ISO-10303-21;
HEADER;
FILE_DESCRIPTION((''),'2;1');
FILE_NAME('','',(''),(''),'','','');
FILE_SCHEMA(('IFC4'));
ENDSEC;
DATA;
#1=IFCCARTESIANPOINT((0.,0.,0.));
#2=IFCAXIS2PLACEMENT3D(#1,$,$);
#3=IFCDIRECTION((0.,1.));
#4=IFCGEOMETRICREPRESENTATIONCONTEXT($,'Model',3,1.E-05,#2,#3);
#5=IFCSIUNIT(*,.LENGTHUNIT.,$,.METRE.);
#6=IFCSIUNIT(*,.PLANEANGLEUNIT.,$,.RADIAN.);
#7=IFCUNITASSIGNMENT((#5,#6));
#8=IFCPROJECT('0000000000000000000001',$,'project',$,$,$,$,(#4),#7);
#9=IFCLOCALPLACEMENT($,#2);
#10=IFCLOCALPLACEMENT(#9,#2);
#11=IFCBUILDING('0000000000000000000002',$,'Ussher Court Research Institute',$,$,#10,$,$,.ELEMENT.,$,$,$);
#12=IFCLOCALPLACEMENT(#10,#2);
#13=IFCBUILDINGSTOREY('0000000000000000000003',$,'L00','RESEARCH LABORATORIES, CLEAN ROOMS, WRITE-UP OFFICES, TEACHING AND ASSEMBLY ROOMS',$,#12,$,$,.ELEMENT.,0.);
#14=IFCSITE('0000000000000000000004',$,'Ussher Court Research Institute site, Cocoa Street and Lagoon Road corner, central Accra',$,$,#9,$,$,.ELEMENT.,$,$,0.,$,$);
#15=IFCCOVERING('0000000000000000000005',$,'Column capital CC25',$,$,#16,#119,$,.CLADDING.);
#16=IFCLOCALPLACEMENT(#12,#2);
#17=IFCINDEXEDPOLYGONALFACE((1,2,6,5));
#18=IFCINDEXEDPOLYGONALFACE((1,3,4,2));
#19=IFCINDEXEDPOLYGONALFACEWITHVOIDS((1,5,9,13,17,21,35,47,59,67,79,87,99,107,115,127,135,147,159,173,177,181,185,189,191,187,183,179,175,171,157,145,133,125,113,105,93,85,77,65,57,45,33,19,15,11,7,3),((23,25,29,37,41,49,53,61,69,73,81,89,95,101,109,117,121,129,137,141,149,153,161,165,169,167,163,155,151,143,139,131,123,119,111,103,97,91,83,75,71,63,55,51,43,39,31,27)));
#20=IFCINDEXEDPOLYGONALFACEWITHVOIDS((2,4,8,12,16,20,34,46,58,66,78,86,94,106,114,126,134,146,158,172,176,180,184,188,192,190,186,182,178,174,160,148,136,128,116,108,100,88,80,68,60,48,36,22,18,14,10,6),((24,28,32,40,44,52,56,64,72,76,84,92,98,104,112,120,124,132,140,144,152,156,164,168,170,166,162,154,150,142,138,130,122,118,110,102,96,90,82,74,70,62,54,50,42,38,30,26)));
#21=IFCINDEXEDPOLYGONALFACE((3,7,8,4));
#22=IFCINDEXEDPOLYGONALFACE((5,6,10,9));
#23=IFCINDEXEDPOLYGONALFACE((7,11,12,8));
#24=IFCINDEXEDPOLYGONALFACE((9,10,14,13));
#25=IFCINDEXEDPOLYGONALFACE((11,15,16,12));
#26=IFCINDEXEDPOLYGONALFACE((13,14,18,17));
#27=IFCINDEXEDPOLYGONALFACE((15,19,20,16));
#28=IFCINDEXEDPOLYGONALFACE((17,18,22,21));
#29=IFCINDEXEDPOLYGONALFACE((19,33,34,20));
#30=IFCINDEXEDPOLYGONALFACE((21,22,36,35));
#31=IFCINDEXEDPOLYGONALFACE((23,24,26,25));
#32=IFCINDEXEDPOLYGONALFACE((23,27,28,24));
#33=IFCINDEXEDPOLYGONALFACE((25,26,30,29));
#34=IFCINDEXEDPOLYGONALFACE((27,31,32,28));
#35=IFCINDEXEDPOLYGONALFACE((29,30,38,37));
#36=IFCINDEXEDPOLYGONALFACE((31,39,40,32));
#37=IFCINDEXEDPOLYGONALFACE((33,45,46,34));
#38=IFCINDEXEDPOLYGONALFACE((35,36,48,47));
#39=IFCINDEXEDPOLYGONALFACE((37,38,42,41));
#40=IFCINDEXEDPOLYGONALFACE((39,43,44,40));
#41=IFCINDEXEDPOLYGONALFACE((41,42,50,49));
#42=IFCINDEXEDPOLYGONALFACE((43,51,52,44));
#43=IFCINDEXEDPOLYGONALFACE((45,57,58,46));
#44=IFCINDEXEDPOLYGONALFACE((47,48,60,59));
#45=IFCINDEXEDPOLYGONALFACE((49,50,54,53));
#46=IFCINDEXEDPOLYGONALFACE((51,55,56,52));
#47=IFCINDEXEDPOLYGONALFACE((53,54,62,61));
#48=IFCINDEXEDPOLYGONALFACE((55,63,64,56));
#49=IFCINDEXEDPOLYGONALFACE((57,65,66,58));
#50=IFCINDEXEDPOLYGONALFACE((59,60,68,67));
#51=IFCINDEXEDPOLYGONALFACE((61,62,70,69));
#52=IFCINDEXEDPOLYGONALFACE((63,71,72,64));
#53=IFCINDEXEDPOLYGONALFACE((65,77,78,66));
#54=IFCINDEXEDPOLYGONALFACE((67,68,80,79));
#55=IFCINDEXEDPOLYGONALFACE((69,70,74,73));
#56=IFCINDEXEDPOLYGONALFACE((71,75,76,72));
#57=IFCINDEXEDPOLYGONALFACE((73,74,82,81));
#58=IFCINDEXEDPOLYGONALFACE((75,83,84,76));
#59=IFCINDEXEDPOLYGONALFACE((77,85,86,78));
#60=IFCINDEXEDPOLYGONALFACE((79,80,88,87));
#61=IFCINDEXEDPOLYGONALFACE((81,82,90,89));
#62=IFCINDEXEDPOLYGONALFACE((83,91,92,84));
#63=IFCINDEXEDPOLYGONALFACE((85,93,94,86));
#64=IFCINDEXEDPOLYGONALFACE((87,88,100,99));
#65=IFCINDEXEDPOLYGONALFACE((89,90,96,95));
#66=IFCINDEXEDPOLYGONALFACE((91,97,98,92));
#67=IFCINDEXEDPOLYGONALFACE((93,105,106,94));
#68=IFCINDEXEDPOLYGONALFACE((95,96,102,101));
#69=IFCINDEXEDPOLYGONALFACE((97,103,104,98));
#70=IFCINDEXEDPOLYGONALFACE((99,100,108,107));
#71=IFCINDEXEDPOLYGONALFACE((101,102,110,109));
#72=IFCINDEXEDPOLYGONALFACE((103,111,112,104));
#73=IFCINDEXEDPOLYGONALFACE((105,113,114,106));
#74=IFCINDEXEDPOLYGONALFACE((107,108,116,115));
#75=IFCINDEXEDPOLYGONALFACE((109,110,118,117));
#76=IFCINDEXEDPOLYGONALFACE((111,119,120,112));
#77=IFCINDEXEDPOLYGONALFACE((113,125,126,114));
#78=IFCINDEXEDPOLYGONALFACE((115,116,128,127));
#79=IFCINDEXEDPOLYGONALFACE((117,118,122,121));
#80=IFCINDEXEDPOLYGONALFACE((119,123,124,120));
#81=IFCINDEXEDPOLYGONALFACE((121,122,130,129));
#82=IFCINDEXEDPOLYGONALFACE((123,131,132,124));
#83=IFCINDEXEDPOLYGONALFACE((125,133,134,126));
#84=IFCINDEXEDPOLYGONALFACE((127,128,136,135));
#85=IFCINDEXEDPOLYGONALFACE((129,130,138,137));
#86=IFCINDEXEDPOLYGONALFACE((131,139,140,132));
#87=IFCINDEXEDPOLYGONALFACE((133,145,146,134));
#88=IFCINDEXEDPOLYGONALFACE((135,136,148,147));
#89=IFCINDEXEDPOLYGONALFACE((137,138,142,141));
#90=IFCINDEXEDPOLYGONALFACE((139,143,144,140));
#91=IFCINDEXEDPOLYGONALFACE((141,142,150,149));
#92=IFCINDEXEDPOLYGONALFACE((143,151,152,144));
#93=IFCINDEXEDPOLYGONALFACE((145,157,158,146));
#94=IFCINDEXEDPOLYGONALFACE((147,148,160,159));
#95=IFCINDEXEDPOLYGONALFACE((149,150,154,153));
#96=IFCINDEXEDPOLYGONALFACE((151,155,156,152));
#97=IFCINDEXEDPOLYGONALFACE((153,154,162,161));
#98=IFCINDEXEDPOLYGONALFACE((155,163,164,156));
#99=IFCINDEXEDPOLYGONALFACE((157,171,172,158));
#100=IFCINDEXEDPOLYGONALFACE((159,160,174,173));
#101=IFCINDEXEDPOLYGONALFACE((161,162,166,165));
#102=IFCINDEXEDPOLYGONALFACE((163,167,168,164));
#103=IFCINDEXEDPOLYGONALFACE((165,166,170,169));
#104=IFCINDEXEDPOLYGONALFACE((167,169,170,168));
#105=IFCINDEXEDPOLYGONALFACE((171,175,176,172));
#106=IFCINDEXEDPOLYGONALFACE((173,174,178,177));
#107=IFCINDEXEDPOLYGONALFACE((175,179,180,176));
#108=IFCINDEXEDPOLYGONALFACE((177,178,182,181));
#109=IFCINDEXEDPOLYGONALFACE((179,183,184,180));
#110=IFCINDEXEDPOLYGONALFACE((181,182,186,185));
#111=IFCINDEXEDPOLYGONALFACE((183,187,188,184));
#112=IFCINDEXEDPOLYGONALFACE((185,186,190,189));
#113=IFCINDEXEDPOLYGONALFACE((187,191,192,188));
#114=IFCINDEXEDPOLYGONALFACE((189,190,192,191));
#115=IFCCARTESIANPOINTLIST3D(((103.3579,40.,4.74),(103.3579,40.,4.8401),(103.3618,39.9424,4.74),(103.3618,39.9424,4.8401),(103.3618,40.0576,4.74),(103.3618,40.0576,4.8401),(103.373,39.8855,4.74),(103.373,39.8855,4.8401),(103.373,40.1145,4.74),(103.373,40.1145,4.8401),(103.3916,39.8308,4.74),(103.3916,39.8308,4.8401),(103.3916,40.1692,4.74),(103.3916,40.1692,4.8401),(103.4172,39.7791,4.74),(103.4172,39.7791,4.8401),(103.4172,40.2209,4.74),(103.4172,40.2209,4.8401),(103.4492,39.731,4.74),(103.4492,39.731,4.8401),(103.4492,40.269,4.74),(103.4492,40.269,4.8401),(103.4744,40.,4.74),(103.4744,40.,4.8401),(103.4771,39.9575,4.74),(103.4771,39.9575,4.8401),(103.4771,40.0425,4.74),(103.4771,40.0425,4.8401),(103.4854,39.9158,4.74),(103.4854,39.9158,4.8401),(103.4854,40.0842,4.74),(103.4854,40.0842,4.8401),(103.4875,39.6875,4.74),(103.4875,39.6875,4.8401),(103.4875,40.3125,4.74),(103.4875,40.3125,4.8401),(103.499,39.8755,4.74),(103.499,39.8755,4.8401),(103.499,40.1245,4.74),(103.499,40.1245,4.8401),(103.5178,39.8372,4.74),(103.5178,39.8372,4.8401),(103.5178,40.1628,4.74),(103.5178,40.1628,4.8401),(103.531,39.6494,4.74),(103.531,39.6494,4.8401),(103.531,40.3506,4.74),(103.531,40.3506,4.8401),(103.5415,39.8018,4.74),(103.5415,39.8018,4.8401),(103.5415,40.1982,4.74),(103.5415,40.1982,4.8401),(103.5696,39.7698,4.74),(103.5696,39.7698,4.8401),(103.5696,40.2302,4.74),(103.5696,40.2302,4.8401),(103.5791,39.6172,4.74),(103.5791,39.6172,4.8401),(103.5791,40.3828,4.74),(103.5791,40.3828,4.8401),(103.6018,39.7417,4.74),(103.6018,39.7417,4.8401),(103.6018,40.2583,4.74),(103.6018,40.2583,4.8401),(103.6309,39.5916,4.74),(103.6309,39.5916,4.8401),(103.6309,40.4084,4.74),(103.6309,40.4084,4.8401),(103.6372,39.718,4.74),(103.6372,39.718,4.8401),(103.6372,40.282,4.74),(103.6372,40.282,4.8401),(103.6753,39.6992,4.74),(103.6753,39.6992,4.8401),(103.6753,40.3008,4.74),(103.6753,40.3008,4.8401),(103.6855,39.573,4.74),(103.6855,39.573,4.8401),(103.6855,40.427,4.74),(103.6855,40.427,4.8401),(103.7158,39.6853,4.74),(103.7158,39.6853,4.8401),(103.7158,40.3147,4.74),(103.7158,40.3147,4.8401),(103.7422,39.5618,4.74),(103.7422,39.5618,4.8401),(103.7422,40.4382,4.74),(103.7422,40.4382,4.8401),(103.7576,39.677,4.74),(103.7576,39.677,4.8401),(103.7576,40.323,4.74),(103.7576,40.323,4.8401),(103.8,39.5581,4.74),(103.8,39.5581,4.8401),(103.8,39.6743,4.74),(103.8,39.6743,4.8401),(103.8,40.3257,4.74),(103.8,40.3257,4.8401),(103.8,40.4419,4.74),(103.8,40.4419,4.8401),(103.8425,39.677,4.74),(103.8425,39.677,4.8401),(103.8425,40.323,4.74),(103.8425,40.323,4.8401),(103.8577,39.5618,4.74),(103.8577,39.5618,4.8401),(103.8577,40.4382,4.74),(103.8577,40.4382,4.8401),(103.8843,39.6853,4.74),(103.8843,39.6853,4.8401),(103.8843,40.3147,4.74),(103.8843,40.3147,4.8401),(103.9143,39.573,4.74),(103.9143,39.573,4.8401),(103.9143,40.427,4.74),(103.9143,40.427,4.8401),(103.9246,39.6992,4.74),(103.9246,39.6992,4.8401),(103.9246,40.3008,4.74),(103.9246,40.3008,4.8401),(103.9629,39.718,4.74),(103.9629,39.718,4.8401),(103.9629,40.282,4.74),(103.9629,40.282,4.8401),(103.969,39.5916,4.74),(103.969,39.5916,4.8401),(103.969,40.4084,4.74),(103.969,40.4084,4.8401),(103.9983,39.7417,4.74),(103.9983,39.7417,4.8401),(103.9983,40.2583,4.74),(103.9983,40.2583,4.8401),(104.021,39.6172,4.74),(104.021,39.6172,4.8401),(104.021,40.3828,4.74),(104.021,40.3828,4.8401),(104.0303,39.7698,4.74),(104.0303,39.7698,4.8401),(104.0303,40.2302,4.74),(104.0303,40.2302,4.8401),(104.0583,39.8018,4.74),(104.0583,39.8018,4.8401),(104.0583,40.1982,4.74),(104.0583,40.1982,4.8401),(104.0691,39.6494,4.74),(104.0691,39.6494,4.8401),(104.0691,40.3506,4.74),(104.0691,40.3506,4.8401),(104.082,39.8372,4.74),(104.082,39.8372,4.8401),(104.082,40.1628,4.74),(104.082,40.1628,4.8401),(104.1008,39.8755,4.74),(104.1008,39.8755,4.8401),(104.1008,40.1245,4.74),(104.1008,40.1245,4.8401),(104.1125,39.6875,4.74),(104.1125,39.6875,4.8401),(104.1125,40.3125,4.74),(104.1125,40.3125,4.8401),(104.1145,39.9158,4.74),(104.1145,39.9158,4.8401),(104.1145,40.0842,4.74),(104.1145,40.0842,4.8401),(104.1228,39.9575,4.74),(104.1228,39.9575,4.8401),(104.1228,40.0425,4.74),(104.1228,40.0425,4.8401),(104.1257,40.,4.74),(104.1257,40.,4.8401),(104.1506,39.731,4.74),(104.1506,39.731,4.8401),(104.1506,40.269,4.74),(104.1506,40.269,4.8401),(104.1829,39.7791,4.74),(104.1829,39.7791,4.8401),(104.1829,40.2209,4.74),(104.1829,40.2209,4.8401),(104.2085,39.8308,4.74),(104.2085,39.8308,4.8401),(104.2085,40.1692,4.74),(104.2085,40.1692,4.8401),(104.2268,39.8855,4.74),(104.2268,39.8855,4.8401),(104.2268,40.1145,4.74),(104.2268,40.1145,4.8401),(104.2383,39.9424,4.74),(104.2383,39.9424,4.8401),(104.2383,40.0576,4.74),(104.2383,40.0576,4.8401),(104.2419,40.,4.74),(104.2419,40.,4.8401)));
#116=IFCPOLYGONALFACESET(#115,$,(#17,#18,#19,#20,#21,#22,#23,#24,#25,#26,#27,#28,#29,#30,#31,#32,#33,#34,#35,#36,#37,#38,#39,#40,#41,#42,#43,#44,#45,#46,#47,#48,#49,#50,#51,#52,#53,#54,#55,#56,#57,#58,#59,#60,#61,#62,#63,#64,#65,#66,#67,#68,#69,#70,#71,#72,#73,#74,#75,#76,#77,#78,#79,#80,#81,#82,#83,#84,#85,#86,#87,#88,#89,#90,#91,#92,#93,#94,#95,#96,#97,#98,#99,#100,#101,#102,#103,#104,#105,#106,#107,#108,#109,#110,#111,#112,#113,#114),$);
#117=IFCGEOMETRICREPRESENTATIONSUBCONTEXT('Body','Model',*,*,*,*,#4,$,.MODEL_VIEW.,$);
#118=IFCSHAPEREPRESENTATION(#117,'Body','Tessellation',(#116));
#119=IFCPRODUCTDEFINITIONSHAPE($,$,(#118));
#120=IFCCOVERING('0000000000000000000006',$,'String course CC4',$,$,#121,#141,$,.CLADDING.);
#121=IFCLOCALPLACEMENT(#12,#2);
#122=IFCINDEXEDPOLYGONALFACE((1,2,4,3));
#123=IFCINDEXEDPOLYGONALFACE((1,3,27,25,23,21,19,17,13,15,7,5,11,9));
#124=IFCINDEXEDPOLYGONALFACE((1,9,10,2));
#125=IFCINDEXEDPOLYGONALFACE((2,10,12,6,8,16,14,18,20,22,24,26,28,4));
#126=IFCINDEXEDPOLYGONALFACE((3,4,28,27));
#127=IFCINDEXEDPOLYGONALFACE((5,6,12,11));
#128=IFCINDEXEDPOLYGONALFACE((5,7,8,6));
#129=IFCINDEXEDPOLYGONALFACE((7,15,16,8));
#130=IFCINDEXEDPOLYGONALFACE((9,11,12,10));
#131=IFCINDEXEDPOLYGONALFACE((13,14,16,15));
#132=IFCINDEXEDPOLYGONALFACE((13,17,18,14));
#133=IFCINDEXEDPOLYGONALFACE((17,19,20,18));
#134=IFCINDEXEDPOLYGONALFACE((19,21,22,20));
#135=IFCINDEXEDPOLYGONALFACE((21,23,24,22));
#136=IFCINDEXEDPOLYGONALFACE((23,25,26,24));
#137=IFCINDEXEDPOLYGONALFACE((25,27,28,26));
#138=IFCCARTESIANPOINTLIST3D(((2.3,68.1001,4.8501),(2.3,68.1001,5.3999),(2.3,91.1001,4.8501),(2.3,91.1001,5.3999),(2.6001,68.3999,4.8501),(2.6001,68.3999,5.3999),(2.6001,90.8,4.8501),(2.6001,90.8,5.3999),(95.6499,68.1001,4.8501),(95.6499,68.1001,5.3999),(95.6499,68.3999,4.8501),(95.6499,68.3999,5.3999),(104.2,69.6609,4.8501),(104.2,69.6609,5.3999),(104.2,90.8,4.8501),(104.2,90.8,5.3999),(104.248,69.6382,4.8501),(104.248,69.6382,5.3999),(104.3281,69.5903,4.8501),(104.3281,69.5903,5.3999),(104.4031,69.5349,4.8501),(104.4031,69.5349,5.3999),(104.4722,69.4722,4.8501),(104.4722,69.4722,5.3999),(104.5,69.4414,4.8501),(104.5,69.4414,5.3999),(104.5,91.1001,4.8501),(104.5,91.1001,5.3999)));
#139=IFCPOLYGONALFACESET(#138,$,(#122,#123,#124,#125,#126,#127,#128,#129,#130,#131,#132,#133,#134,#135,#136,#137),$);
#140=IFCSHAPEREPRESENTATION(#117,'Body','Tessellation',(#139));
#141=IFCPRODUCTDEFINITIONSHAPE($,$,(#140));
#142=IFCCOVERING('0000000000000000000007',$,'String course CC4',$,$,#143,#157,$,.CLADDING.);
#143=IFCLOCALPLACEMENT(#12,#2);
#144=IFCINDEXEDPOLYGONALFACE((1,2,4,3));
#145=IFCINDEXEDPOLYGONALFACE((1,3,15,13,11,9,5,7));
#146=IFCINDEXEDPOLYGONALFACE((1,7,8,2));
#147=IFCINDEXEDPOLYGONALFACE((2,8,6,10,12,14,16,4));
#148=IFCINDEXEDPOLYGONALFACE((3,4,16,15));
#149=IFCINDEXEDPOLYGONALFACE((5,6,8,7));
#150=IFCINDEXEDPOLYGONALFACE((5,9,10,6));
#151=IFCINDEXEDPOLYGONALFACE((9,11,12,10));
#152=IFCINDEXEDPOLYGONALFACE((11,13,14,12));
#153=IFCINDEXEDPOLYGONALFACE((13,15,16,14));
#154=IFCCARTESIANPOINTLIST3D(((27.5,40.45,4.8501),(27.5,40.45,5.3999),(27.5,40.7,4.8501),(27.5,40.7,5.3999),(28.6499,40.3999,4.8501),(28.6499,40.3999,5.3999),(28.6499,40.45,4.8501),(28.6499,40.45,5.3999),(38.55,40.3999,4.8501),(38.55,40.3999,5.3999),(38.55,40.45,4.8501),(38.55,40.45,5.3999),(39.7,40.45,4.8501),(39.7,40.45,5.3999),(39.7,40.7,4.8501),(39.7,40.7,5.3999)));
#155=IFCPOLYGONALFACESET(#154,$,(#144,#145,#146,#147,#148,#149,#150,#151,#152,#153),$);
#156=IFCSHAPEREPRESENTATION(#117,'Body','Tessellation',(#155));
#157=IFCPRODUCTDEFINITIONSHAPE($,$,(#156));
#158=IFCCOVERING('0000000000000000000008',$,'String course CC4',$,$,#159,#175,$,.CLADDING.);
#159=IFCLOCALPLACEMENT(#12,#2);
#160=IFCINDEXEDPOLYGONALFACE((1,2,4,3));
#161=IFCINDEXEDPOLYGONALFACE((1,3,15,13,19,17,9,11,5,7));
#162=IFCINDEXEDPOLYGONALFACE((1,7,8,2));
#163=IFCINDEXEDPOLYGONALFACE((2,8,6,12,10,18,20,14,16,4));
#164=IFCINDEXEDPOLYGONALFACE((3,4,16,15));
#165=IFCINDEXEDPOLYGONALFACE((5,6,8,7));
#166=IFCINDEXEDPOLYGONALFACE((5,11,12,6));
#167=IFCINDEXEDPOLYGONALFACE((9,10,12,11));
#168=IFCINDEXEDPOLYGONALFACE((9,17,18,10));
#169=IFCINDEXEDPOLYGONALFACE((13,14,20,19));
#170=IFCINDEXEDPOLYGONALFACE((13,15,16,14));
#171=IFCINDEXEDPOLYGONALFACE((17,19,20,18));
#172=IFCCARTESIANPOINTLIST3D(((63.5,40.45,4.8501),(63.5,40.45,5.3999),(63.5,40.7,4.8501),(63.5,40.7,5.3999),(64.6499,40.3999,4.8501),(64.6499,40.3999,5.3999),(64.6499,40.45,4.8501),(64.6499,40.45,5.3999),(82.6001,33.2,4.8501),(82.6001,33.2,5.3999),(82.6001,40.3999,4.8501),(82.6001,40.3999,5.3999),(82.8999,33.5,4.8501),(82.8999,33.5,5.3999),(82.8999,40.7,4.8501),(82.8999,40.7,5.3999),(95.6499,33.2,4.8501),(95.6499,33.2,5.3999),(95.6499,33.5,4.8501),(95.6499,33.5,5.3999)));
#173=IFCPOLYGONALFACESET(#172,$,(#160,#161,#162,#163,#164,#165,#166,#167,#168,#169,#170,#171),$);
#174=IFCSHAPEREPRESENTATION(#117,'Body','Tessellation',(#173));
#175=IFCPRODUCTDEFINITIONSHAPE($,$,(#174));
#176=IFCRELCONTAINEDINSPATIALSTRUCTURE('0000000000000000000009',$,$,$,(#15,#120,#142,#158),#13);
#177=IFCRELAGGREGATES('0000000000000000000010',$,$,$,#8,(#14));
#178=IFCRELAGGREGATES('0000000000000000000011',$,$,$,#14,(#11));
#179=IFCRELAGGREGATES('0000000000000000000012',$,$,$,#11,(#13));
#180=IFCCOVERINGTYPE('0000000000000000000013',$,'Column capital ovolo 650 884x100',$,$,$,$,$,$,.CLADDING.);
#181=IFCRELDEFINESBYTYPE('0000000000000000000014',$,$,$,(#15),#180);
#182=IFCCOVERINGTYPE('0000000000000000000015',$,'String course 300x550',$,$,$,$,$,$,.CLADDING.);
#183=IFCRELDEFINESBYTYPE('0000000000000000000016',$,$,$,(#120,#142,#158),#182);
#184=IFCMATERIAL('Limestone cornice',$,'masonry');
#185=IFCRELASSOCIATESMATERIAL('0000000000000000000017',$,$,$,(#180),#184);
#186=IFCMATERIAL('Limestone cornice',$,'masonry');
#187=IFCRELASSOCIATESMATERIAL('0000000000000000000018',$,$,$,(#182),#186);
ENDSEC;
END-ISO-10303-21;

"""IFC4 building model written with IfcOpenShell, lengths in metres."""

from ifc_helpers import new_model, si_unit, direction, frame, origin, place, context, subcontext, project, spatial, polyline, outline, extrude, material, type_object, element, save


model = new_model("IFC4")

# Units and contexts
model_context = context("Model", 3, precision=1e-05, world=origin(), true_north=direction((0.0, 1.0)))
body_context = subcontext(model_context, "Body", "Model", "MODEL_VIEW")
ifc_project = project(units=[si_unit("LENGTHUNIT", "METRE"), si_unit("PLANEANGLEUNIT", "RADIAN")], contexts=[model_context])

# Site, building, storey
site_placement = place(None, origin())
site = spatial("IfcSite", under=ifc_project, at=site_placement, Name="Ussher Court Research Institute site, Cocoa Street and Lagoon Road corner, central Accra", CompositionType="ELEMENT", RefElevation=0.0)
building_placement = place(site_placement, origin())
building = spatial("IfcBuilding", under=site, at=building_placement, Name="Ussher Court Research Institute", CompositionType="ELEMENT")
storey_placement = place(building_placement, origin())
storey = spatial("IfcBuildingStorey", under=building, at=storey_placement, Name="L00", Description="RESEARCH LABORATORIES, CLEAN ROOMS, WRITE-UP OFFICES, TEACHING AND ASSEMBLY ROOMS", CompositionType="ELEMENT", Elevation=0.0)

# Coverings
ifc_material_1 = material(Name="Limestone cornice", Category="masonry")
covering_type_1 = type_object("IfcCoveringType", Name="Column capital ovolo 650 884x100", PredefinedType="CLADDING", material=ifc_material_1)
covering_1_placement = place(storey_placement, frame((0.0, 0.0, 4.74)))
element("IfcCovering", 1, at=covering_1_placement, inside=storey, type_object=covering_type_1, Name="Column capital CC25", PredefinedType="CLADDING", context=body_context, shape_type="SweptSolid", body=[
    extrude(outline(polyline([(104.2419, 40.0), (104.2383, 40.0576), (104.2268, 40.1145), (104.2085, 40.1692), (104.1829, 40.2209), (104.1506, 40.269), (104.1125, 40.3125), (104.0691, 40.3506), (104.021, 40.3828), (103.969, 40.4084), (103.9143, 40.427), (103.8577, 40.4382), (103.8, 40.4419), (103.7422, 40.4382), (103.6855, 40.427), (103.6309, 40.4084), (103.5791, 40.3828), (103.531, 40.3506), (103.4875, 40.3125), (103.4492, 40.269), (103.4172, 40.2209), (103.3916, 40.1692), (103.373, 40.1145), (103.3618, 40.0576), (103.3579, 40.0), (103.3618, 39.9424), (103.373, 39.8855), (103.3916, 39.8308), (103.4172, 39.7791), (103.4492, 39.731), (103.4875, 39.6875), (103.531, 39.6494), (103.5791, 39.6172), (103.6309, 39.5916), (103.6855, 39.573), (103.7422, 39.5618), (103.8, 39.5581), (103.8577, 39.5618), (103.9143, 39.573), (103.969, 39.5916), (104.021, 39.6172), (104.0691, 39.6494), (104.1125, 39.6875), (104.1506, 39.731), (104.1829, 39.7791), (104.2085, 39.8308), (104.2268, 39.8855), (104.2383, 39.9424), (104.2419, 40.0)]), holes=[polyline([(104.1257, 40.0), (104.1228, 40.0425), (104.1145, 40.0842), (104.1008, 40.1245), (104.082, 40.1628), (104.0583, 40.1982), (104.0303, 40.2302), (103.9983, 40.2583), (103.9629, 40.282), (103.9246, 40.3008), (103.8843, 40.3147), (103.8425, 40.323), (103.8, 40.3257), (103.7576, 40.323), (103.7158, 40.3147), (103.6753, 40.3008), (103.6372, 40.282), (103.6018, 40.2583), (103.5696, 40.2302), (103.5415, 40.1982), (103.5178, 40.1628), (103.499, 40.1245), (103.4854, 40.0842), (103.4771, 40.0425), (103.4744, 40.0), (103.4771, 39.9575), (103.4854, 39.9158), (103.499, 39.8755), (103.5178, 39.8372), (103.5415, 39.8018), (103.5696, 39.7698), (103.6018, 39.7417), (103.6372, 39.718), (103.6753, 39.6992), (103.7158, 39.6853), (103.7576, 39.677), (103.8, 39.6743), (103.8425, 39.677), (103.8843, 39.6853), (103.9246, 39.6992), (103.9629, 39.718), (103.9983, 39.7417), (104.0303, 39.7698), (104.0583, 39.8018), (104.082, 39.8372), (104.1008, 39.8755), (104.1145, 39.9158), (104.1228, 39.9575), (104.1257, 40.0)])]), origin(), (0.0, 0.0, 1.0), 0.1001),
])
ifc_material_2 = material(Name="Limestone cornice", Category="masonry")
covering_type_2 = type_object("IfcCoveringType", Name="String course 300x550", PredefinedType="CLADDING", material=ifc_material_2)
covering_2_placement = place(storey_placement, frame((0.0, 0.0, 4.8501)))
element("IfcCovering", 2, at=covering_2_placement, inside=storey, type_object=covering_type_2, Name="String course CC4", PredefinedType="CLADDING", context=body_context, shape_type="SweptSolid", body=[
    extrude(outline(polyline([(104.5, 69.4414), (104.5, 91.1001), (2.3, 91.1001), (2.3, 68.1001), (95.6499, 68.1001), (95.6499, 68.3999), (2.6001, 68.3999), (2.6001, 90.8), (104.2, 90.8), (104.2, 69.6609), (104.248, 69.6382), (104.3281, 69.5903), (104.4031, 69.5349), (104.4722, 69.4722), (104.5, 69.4414)])), origin(), (0.0, 0.0, 1.0), 0.5498),
])
covering_3_placement = place(storey_placement, frame((0.0, 0.0, 4.8501)))
element("IfcCovering", 3, at=covering_3_placement, inside=storey, type_object=covering_type_2, Name="String course CC4", PredefinedType="CLADDING", context=body_context, shape_type="SweptSolid", body=[
    extrude(outline(polyline([(39.7, 40.45), (39.7, 40.7), (27.5, 40.7), (27.5, 40.45), (28.6499, 40.45), (28.6499, 40.3999), (38.55, 40.3999), (38.55, 40.45), (39.7, 40.45)])), origin(), (0.0, 0.0, 1.0), 0.5498),
])
covering_4_placement = place(storey_placement, frame((0.0, 0.0, 4.8501)))
element("IfcCovering", 4, at=covering_4_placement, inside=storey, type_object=covering_type_2, Name="String course CC4", PredefinedType="CLADDING", context=body_context, shape_type="SweptSolid", body=[
    extrude(outline(polyline([(82.8999, 40.7), (63.5, 40.7), (63.5, 40.45), (64.6499, 40.45), (64.6499, 40.3999), (82.6001, 40.3999), (82.6001, 33.2), (95.6499, 33.2), (95.6499, 33.5), (82.8999, 33.5), (82.8999, 40.7)])), origin(), (0.0, 0.0, 1.0), 0.5498),
])

save(model, "model.ifc")
